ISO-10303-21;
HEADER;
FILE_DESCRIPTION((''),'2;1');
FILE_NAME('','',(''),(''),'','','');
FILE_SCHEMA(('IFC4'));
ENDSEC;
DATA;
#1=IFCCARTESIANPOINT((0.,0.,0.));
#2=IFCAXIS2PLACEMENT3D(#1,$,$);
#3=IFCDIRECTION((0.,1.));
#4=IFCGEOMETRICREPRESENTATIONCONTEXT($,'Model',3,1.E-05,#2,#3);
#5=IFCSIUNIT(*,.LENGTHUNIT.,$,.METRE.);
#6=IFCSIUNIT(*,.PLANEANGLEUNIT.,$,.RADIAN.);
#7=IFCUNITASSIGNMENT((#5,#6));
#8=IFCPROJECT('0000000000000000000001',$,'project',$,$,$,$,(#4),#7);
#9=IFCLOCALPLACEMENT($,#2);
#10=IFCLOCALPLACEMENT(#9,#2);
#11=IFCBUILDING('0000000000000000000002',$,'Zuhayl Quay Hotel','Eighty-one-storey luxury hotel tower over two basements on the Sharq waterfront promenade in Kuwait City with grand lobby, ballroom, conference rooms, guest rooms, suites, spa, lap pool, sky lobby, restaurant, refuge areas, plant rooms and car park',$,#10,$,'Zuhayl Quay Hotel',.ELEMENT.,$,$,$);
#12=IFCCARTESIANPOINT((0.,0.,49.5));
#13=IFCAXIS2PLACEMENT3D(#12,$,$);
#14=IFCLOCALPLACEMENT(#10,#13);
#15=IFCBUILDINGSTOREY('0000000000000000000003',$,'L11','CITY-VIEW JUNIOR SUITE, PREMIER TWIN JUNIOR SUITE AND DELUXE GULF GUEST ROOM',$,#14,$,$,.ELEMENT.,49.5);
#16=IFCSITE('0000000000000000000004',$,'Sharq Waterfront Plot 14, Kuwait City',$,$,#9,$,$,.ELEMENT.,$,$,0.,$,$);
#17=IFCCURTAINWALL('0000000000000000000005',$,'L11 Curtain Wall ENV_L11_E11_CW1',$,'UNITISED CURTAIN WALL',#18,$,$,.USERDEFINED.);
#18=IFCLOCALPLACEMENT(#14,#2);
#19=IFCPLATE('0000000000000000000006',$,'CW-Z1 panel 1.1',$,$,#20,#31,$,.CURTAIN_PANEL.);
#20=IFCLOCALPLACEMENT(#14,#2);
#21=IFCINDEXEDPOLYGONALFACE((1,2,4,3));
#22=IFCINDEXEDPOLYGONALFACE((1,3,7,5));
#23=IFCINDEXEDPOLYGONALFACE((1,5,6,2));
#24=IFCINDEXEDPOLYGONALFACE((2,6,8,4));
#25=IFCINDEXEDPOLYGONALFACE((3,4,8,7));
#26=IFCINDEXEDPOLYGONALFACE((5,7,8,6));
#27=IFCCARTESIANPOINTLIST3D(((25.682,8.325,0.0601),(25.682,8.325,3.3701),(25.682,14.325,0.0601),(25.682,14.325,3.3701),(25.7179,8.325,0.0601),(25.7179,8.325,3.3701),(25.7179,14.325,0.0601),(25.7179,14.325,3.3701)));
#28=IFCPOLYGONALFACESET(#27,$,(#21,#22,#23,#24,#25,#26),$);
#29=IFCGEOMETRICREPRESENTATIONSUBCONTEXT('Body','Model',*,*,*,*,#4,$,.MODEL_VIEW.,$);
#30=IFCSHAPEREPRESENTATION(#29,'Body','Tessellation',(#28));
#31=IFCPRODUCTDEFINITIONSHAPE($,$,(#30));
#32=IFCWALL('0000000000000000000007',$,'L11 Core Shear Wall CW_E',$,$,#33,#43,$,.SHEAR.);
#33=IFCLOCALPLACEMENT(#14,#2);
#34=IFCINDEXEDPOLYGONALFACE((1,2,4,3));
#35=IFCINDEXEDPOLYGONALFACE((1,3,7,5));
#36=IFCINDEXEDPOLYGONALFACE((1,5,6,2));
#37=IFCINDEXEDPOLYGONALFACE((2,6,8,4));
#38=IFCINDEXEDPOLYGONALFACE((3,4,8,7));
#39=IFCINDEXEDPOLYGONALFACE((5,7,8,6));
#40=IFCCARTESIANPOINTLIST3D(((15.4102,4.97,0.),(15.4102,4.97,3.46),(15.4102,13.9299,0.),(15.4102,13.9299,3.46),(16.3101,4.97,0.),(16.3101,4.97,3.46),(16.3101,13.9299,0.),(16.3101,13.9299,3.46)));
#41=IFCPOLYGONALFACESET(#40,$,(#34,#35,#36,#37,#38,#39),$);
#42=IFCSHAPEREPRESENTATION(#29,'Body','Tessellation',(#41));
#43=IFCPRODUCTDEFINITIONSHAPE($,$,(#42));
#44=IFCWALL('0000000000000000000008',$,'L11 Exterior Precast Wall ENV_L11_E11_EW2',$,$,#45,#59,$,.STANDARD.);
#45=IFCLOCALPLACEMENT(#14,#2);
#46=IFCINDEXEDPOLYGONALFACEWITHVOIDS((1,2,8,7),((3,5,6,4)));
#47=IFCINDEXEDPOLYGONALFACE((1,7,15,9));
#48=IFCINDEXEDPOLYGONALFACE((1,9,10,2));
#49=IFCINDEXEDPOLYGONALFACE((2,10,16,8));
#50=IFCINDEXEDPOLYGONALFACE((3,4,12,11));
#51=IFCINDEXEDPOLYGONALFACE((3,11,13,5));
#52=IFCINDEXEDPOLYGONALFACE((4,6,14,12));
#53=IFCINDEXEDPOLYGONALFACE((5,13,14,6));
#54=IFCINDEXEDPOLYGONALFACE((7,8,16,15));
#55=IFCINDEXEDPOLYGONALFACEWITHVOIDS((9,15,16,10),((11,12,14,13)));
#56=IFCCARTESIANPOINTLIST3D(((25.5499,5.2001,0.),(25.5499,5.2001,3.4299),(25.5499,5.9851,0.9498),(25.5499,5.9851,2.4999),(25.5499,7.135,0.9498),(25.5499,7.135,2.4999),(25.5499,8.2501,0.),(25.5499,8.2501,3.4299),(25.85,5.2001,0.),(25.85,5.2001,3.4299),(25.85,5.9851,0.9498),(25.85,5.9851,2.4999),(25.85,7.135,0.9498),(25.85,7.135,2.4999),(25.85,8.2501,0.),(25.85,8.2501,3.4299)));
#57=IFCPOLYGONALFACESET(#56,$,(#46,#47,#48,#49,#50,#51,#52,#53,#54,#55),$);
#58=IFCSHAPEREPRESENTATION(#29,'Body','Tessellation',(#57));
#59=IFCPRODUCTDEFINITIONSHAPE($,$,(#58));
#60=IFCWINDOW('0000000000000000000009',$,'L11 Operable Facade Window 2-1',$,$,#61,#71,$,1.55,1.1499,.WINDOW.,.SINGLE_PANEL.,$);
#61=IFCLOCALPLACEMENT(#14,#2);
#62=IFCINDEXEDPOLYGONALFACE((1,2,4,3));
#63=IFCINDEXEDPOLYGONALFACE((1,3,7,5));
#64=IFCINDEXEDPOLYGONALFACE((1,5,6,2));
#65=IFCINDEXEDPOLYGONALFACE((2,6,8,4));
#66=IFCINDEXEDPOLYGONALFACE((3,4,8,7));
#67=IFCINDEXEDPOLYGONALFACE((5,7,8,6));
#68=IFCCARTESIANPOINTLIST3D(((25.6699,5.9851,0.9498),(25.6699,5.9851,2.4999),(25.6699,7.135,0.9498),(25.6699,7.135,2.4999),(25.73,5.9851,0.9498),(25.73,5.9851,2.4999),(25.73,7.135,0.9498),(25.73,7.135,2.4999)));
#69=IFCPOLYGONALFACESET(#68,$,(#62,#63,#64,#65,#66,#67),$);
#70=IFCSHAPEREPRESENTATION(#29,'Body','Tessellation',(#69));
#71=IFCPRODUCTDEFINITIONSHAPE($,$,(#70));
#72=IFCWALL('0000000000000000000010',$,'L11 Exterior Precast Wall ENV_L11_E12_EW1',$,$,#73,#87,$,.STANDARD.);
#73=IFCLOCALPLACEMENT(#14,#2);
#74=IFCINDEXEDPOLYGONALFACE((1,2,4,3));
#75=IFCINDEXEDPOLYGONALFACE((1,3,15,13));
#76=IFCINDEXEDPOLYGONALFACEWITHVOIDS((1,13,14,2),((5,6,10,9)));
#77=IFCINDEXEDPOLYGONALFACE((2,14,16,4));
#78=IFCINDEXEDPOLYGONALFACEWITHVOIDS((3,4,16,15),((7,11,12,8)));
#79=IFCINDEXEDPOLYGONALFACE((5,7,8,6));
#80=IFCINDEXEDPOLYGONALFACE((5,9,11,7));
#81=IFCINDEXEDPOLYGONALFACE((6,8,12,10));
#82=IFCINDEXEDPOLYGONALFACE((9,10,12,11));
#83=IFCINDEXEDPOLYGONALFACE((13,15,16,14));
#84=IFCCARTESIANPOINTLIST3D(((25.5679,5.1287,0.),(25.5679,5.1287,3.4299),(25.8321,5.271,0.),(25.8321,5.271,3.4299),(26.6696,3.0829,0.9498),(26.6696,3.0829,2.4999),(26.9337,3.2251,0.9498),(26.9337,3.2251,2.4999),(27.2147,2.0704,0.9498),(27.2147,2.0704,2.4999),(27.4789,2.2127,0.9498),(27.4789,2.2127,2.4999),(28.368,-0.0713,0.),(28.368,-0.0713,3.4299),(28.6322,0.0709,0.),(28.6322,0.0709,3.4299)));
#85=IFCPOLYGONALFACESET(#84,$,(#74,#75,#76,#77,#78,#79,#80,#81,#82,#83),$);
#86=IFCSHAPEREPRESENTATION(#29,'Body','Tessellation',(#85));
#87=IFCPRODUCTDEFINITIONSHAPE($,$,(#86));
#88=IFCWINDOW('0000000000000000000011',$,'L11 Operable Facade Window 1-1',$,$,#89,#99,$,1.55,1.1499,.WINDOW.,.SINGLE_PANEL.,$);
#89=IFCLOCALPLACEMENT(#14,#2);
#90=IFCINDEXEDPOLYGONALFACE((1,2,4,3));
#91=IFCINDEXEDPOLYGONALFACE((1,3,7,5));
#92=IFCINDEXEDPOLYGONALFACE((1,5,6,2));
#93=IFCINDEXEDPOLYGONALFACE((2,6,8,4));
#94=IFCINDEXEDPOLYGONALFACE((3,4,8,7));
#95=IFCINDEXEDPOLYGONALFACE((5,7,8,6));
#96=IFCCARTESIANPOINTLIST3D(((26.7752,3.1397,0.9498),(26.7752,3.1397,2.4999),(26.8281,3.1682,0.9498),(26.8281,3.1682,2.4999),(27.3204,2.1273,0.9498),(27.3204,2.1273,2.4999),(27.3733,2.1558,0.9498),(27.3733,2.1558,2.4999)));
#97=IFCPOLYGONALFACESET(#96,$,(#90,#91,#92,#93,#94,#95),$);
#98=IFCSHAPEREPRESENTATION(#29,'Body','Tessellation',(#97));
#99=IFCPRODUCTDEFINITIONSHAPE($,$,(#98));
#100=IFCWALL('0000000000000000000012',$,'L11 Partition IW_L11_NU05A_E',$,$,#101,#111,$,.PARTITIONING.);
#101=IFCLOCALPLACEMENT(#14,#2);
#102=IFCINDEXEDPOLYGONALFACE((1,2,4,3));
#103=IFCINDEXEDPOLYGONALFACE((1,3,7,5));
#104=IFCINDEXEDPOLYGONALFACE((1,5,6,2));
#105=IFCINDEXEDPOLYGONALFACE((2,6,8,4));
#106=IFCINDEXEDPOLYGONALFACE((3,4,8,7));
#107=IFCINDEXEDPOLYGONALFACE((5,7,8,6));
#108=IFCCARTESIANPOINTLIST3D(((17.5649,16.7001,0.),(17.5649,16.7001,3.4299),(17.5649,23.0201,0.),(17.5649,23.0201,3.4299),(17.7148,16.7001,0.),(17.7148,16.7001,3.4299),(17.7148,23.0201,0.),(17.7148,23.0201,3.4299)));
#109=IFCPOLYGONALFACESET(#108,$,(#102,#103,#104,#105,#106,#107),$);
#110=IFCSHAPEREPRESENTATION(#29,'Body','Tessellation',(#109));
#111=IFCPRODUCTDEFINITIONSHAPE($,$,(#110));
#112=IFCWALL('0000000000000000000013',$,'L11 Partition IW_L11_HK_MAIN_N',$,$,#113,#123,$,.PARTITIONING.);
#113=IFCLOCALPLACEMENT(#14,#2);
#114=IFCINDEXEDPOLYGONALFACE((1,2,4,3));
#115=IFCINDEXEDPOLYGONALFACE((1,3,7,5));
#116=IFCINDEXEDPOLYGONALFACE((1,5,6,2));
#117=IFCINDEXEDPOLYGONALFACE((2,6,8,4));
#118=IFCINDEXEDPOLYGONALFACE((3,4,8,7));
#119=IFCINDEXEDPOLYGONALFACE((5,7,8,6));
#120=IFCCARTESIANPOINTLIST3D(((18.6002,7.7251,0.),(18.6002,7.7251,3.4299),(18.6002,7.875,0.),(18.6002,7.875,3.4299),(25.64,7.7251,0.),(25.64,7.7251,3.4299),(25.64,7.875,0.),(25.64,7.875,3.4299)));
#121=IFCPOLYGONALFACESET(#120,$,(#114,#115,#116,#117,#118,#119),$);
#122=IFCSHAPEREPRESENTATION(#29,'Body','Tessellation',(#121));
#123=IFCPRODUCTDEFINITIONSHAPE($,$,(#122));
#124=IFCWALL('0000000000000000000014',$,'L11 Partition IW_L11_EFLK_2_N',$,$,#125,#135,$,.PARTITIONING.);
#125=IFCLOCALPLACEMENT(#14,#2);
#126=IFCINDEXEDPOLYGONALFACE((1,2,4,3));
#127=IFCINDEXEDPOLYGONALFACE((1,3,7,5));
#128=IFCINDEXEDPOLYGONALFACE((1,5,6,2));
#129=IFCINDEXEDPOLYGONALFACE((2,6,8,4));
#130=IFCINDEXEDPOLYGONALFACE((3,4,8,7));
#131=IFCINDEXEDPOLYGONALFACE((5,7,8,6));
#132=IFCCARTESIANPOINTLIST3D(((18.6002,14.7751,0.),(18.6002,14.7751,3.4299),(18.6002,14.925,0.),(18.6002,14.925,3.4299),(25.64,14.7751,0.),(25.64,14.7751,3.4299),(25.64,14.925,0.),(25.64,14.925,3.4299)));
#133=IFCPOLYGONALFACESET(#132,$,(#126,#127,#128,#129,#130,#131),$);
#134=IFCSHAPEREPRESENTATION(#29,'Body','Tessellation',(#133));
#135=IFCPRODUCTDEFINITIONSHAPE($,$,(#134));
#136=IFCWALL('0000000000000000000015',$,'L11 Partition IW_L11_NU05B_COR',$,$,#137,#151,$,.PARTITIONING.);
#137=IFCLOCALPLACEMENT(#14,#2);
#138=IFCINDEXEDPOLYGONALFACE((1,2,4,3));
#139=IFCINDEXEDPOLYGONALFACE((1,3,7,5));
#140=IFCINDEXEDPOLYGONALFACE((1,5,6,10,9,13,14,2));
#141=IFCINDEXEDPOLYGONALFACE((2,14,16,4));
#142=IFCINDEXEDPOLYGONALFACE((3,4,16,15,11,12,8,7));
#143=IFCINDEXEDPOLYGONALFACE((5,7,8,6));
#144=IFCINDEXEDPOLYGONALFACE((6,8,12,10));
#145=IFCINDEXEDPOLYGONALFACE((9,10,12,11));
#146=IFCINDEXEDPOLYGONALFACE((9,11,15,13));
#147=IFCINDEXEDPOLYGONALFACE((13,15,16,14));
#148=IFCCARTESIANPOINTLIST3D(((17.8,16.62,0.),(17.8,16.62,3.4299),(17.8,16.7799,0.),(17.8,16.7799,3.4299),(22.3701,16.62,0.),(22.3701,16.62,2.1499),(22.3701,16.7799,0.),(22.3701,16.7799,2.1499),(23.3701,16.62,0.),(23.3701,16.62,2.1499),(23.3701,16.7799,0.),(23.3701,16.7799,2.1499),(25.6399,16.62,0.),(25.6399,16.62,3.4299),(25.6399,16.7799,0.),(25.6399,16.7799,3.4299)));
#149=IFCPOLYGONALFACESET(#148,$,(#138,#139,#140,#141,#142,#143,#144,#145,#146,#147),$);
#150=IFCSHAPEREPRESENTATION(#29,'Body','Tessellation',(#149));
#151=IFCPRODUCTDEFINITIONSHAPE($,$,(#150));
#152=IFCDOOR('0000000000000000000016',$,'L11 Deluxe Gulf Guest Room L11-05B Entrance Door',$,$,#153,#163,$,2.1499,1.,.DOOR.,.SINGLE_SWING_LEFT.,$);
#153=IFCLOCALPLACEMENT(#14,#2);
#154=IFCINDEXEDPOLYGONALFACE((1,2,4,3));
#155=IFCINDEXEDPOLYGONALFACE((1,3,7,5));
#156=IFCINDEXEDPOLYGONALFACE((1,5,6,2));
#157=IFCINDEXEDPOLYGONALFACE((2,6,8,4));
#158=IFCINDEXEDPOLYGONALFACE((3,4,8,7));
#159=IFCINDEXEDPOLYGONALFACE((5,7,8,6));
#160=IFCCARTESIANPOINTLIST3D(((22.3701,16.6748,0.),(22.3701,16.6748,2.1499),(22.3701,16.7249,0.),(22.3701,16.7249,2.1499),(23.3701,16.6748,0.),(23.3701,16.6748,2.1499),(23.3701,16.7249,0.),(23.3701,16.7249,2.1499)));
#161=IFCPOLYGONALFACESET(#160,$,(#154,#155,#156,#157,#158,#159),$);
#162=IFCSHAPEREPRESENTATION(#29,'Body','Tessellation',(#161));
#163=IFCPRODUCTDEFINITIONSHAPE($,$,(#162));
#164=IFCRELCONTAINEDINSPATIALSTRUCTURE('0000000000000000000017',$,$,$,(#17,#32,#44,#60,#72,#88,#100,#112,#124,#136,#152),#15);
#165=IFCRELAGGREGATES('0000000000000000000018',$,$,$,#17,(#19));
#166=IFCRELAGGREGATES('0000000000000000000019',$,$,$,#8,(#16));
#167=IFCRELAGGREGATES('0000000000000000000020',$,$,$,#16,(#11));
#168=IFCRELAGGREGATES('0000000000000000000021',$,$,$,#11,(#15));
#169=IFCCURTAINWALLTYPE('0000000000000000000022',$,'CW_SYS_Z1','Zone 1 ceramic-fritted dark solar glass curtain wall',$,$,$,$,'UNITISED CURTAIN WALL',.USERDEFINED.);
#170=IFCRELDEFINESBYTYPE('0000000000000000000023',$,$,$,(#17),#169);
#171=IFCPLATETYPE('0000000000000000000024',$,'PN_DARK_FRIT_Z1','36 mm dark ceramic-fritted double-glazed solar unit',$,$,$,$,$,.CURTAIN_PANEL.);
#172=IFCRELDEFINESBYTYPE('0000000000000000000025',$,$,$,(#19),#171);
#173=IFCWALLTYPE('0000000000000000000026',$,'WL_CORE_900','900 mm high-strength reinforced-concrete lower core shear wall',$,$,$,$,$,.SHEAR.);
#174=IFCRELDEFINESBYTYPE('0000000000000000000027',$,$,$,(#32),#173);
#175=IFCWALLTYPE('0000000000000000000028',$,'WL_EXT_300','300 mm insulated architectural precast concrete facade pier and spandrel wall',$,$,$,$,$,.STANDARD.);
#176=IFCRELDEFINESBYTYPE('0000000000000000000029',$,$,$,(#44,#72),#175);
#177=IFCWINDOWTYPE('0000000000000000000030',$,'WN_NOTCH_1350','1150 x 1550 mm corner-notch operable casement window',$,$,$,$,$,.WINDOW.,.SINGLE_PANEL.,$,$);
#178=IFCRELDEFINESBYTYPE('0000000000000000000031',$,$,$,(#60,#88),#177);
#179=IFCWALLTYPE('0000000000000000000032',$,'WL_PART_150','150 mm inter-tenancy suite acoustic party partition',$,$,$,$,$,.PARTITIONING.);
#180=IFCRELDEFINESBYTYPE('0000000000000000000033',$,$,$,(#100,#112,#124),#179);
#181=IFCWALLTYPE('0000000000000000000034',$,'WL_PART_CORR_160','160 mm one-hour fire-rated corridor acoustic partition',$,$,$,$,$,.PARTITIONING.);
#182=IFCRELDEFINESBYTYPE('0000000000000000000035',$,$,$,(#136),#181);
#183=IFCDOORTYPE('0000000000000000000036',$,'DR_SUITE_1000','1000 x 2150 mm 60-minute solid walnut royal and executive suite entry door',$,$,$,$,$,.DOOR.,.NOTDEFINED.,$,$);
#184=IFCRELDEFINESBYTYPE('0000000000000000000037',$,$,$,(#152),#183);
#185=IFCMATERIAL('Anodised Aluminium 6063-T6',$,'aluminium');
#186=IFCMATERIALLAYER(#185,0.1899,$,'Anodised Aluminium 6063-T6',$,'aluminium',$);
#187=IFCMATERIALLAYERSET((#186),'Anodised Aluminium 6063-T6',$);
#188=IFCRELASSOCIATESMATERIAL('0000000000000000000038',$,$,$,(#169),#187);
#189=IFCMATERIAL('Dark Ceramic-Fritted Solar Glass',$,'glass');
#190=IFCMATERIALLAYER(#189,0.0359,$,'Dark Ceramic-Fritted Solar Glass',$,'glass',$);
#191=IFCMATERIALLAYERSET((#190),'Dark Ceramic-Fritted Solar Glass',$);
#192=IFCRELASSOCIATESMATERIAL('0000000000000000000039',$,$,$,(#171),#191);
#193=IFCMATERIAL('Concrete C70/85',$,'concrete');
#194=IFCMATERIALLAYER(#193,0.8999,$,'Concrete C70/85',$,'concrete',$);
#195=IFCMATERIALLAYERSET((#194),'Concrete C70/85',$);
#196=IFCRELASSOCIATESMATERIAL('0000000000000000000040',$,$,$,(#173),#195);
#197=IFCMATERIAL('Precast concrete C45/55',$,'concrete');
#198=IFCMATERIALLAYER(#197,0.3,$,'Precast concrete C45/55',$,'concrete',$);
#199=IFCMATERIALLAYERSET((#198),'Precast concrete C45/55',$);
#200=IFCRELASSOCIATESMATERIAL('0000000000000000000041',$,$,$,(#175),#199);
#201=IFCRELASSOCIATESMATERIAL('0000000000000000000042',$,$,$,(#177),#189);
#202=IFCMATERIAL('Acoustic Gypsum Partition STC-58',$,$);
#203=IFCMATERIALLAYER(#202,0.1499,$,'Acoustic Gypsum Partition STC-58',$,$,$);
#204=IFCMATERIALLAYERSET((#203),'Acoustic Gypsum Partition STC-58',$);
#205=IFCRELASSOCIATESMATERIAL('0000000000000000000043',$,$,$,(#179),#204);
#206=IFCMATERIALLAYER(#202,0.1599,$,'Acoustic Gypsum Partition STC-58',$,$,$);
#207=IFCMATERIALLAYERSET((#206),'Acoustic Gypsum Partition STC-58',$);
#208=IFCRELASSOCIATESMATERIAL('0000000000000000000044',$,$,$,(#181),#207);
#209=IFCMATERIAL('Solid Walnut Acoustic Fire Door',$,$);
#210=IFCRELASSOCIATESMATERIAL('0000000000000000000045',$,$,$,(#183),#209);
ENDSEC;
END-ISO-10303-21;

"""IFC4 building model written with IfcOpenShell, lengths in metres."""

from ifc_helpers import new_model, si_unit, direction, frame, frame_2d, origin, origin_2d, place, context, subcontext, project, spatial, rectangle, extrude, material, layer, layer_set, type_object, element, fill, aggregate, save


model = new_model("IFC4")

# Units and contexts
model_context = context("Model", 3, precision=1e-05, world=origin(), true_north=direction((0.0, 1.0)))
body_context = subcontext(model_context, "Body", "Model", "MODEL_VIEW")
ifc_project = project(units=[si_unit("LENGTHUNIT", "METRE"), si_unit("PLANEANGLEUNIT", "RADIAN")], contexts=[model_context])

# Site, building, storey
site_placement = place(None, origin())
site = spatial("IfcSite", under=ifc_project, at=site_placement, Name="Sharq Waterfront Plot 14, Kuwait City", CompositionType="ELEMENT", RefElevation=0.0)
building_placement = place(site_placement, origin())
building = spatial("IfcBuilding", under=site, at=building_placement, Name="Zuhayl Quay Hotel", Description="Eighty-one-storey luxury hotel tower over two basements on the Sharq waterfront promenade in Kuwait City with grand lobby, ballroom, conference rooms, guest rooms, suites, spa, lap pool, sky lobby, restaurant, refuge areas, plant rooms and car park", LongName="Zuhayl Quay Hotel", CompositionType="ELEMENT")
storey_placement = place(building_placement, frame((0.0, 0.0, 49.5)))
storey = spatial("IfcBuildingStorey", under=building, at=storey_placement, Name="L11", Description="CITY-VIEW JUNIOR SUITE, PREMIER TWIN JUNIOR SUITE AND DELUXE GULF GUEST ROOM", CompositionType="ELEMENT", Elevation=49.5)

# Shared definitions
ifc_material_1 = material(Name="Concrete C70/85", Category="concrete")

# Curtain wall, plate
ifc_material_2 = material(Name="Anodised Aluminium 6063-T6", Category="aluminium")
ifc_layer_1 = layer(ifc_material_2, 0.1899, Name="Anodised Aluminium 6063-T6", Category="aluminium")
ifc_layer_set_1 = layer_set([ifc_layer_1], Name="Anodised Aluminium 6063-T6")
curtain_wall_type = type_object("IfcCurtainWallType", Name="CW_SYS_Z1", Description="Zone 1 ceramic-fritted dark solar glass curtain wall", ElementType="UNITISED CURTAIN WALL", PredefinedType="USERDEFINED", material=ifc_layer_set_1)
curtain_wall_placement = place(storey_placement, origin())
curtain_wall = element("IfcCurtainWall", 1, at=curtain_wall_placement, inside=storey, type_object=curtain_wall_type, Name="L11 Curtain Wall ENV_L11_E11_CW1", ObjectType="UNITISED CURTAIN WALL", PredefinedType="USERDEFINED")
ifc_material_3 = material(Name="Dark Ceramic-Fritted Solar Glass", Category="glass")
ifc_layer_2 = layer(ifc_material_3, 0.0359, Name="Dark Ceramic-Fritted Solar Glass", Category="glass")
ifc_layer_set_2 = layer_set([ifc_layer_2], Name="Dark Ceramic-Fritted Solar Glass")
plate_type = type_object("IfcPlateType", Name="PN_DARK_FRIT_Z1", Description="36 mm dark ceramic-fritted double-glazed solar unit", PredefinedType="CURTAIN_PANEL", material=ifc_layer_set_2)
plate_placement = place(storey_placement, frame((25.7, 11.325, 0.0601), z_axis=(0.0, 0.0, 1.0), x_axis=(0.0, -1.0, 0.0)))
plate = element("IfcPlate", 2, at=plate_placement, type_object=plate_type, Name="CW-Z1 panel 1.1", PredefinedType="CURTAIN_PANEL", context=body_context, shape_type="SweptSolid", body=[
    extrude(rectangle(XDim=6.0, YDim=0.0359, at=origin_2d()), origin(), (0.0, 0.0, 1.0), 3.3101),
])
aggregate(curtain_wall, [plate])

# Wall
ifc_layer_3 = layer(ifc_material_1, 0.8999, Name="Concrete C70/85", Category="concrete")
ifc_layer_set_3 = layer_set([ifc_layer_3], Name="Concrete C70/85")
wall_type_1 = type_object("IfcWallType", Name="WL_CORE_900", Description="900 mm high-strength reinforced-concrete lower core shear wall", PredefinedType="SHEAR", material=ifc_layer_set_3)
wall_1_placement = place(storey_placement, frame((15.8601, 4.97, 0.0), z_axis=(0.0, 0.0, 1.0), x_axis=(0.0, 1.0, 0.0)))
element("IfcWall", 3, at=wall_1_placement, inside=storey, type_object=wall_type_1, Name="L11 Core Shear Wall CW_E", PredefinedType="SHEAR", context=body_context, shape_type="SweptSolid", body=[
    extrude(rectangle(XDim=8.96, YDim=0.8999, at=frame_2d((4.48, 0.0))), origin(), (0.0, 0.0, 1.0), 3.46),
])

# Walls, openings, windows
ifc_material_4 = material(Name="Precast concrete C45/55", Category="concrete")
ifc_layer_4 = layer(ifc_material_4, 0.3, Name="Precast concrete C45/55", Category="concrete")
ifc_layer_set_4 = layer_set([ifc_layer_4], Name="Precast concrete C45/55")
wall_type_2 = type_object("IfcWallType", Name="WL_EXT_300", Description="300 mm insulated architectural precast concrete facade pier and spandrel wall", PredefinedType="STANDARD", material=ifc_layer_set_4)
wall_2_placement = place(storey_placement, frame((25.7, 8.25, 0.0), z_axis=(0.0, 0.0, 1.0), x_axis=(0.0, -1.0, 0.0)))
wall_2 = element("IfcWall", 4, at=wall_2_placement, inside=storey, type_object=wall_type_2, Name="L11 Exterior Precast Wall ENV_L11_E11_EW2", PredefinedType="STANDARD", context=body_context, shape_type="SweptSolid", body=[
    extrude(rectangle(XDim=3.05, YDim=0.3, at=frame_2d((1.5249, 0.0))), origin(), (0.0, 0.0, 1.0), 3.4299),
])
opening_1_placement = place(wall_2_placement, frame((1.115, 0.0, 0.95)))
opening_1 = element("IfcOpeningElement", 5, at=opening_1_placement, cuts=wall_2, PredefinedType="OPENING", context=body_context, shape_type="SweptSolid", body=[
    extrude(rectangle(XDim=1.1499, YDim=1.55, at=frame_2d((0.575, 0.7749))), frame((0.0, 0.1599, 0.0), z_axis=(0.0, -1.0, 0.0), x_axis=(1.0, 0.0, 0.0)), (0.0, 0.0, 1.0), 0.3201),
])
window_type = type_object("IfcWindowType", Name="WN_NOTCH_1350", Description="1150 x 1550 mm corner-notch operable casement window", PartitioningType="SINGLE_PANEL", PredefinedType="WINDOW", material=ifc_material_3)
window_1_placement = place(opening_1_placement, origin())
window_1 = element("IfcWindow", 6, at=window_1_placement, inside=storey, type_object=window_type, Name="L11 Operable Facade Window 2-1", OverallHeight=1.55, OverallWidth=1.1499, PartitioningType="SINGLE_PANEL", PredefinedType="WINDOW", context=body_context, shape_type="SweptSolid", body=[
    extrude(rectangle(XDim=1.1499, YDim=1.55, at=frame_2d((0.575, 0.7749))), frame((0.0, 0.03, 0.0), z_axis=(0.0, -1.0, 0.0), x_axis=(1.0, 0.0, 0.0)), (0.0, 0.0, 1.0), 0.0601),
])
fill(opening_1, window_1)
wall_3_placement = place(storey_placement, frame((25.7, 5.2, 0.0), z_axis=(0.0, 0.0, 1.0), x_axis=(0.47411, -0.880466, 0.0)))
wall_3 = element("IfcWall", 7, at=wall_3_placement, inside=storey, type_object=wall_type_2, Name="L11 Exterior Precast Wall ENV_L11_E12_EW1", PredefinedType="STANDARD", context=body_context, shape_type="SweptSolid", body=[
    extrude(rectangle(XDim=5.906, YDim=0.3, at=frame_2d((2.9531, 0.0))), origin(), (0.0, 0.0, 1.0), 3.4299),
])
opening_2_placement = place(wall_3_placement, frame((2.3237, 0.0, 0.95)))
opening_2 = element("IfcOpeningElement", 8, at=opening_2_placement, cuts=wall_3, PredefinedType="OPENING", context=body_context, shape_type="SweptSolid", body=[
    extrude(rectangle(XDim=1.1499, YDim=1.55, at=frame_2d((0.575, 0.7749))), frame((0.0, 0.1599, 0.0), z_axis=(0.0, -1.0, 0.0), x_axis=(1.0, 0.0, 0.0)), (0.0, 0.0, 1.0), 0.3201),
])
window_2_placement = place(opening_2_placement, origin())
window_2 = element("IfcWindow", 9, at=window_2_placement, inside=storey, type_object=window_type, Name="L11 Operable Facade Window 1-1", OverallHeight=1.55, OverallWidth=1.1499, PartitioningType="SINGLE_PANEL", PredefinedType="WINDOW", context=body_context, shape_type="SweptSolid", body=[
    extrude(rectangle(XDim=1.1499, YDim=1.55, at=frame_2d((0.575, 0.7749))), frame((0.0, 0.03, 0.0), z_axis=(0.0, -1.0, 0.0), x_axis=(1.0, 0.0, 0.0)), (0.0, 0.0, 1.0), 0.0601),
])
fill(opening_2, window_2)

# Walls
ifc_material_5 = material(Name="Acoustic Gypsum Partition STC-58")
ifc_layer_5 = layer(ifc_material_5, 0.1499, Name="Acoustic Gypsum Partition STC-58")
ifc_layer_set_5 = layer_set([ifc_layer_5], Name="Acoustic Gypsum Partition STC-58")
wall_type_3 = type_object("IfcWallType", Name="WL_PART_150", Description="150 mm inter-tenancy suite acoustic party partition", PredefinedType="PARTITIONING", material=ifc_layer_set_5)
wall_4_placement = place(storey_placement, frame((17.6399, 16.7, 0.0), z_axis=(0.0, 0.0, 1.0), x_axis=(0.0, 1.0, 0.0)))
element("IfcWall", 10, at=wall_4_placement, inside=storey, type_object=wall_type_3, Name="L11 Partition IW_L11_NU05A_E", PredefinedType="PARTITIONING", context=body_context, shape_type="SweptSolid", body=[
    extrude(rectangle(XDim=6.3201, YDim=0.1499, at=frame_2d((3.1602, 0.0))), origin(), (0.0, 0.0, 1.0), 3.4299),
])
for number, where, z_axis, x_axis, name in (
    (11, (18.6001, 7.8, 0.0), (0.0, 0.0, 1.0), (1.0, 0.0, 0.0), "L11 Partition IW_L11_HK_MAIN_N"),
    (12, (18.6001, 14.8501, 0.0), (0.0, 0.0, 1.0), (1.0, 0.0, 0.0), "L11 Partition IW_L11_EFLK_2_N"),
):
    element("IfcWall", number, at=place(storey_placement, frame(where, z_axis=z_axis, x_axis=x_axis)), inside=storey, type_object=wall_type_3, Name=name, PredefinedType="PARTITIONING", context=body_context, shape_type="SweptSolid", body=[
        extrude(rectangle(XDim=7.0398, YDim=0.1499, at=frame_2d((3.52, 0.0))), origin(), (0.0, 0.0, 1.0), 3.4299),
    ])

# Wall, opening, door
ifc_layer_6 = layer(ifc_material_5, 0.1599, Name="Acoustic Gypsum Partition STC-58")
ifc_layer_set_6 = layer_set([ifc_layer_6], Name="Acoustic Gypsum Partition STC-58")
wall_type_4 = type_object("IfcWallType", Name="WL_PART_CORR_160", Description="160 mm one-hour fire-rated corridor acoustic partition", PredefinedType="PARTITIONING", material=ifc_layer_set_6)
wall_5_placement = place(storey_placement, frame((17.8, 16.7, 0.0), z_axis=(0.0, 0.0, 1.0), x_axis=(1.0, 0.0, 0.0)))
wall_5 = element("IfcWall", 13, at=wall_5_placement, inside=storey, type_object=wall_type_4, Name="L11 Partition IW_L11_NU05B_COR", PredefinedType="PARTITIONING", context=body_context, shape_type="SweptSolid", body=[
    extrude(rectangle(XDim=7.8398, YDim=0.1599, at=frame_2d((3.9199, 0.0))), origin(), (0.0, 0.0, 1.0), 3.4299),
])
opening_3_placement = place(wall_5_placement, frame((4.5701, 0.0, 0.0)))
opening_3 = element("IfcOpeningElement", 14, at=opening_3_placement, cuts=wall_5, PredefinedType="OPENING", context=body_context, shape_type="SweptSolid", body=[
    extrude(rectangle(XDim=1.0, YDim=2.1499, at=frame_2d((0.5, 1.075))), frame((0.0, 0.0898, 0.0), z_axis=(0.0, -1.0, 0.0), x_axis=(1.0, 0.0, 0.0)), (0.0, 0.0, 1.0), 0.1799),
])
ifc_material_6 = material(Name="Solid Walnut Acoustic Fire Door")
door_type_1 = type_object("IfcDoorType", Name="DR_SUITE_1000", Description="1000 x 2150 mm 60-minute solid walnut royal and executive suite entry door", OperationType="NOTDEFINED", PredefinedType="DOOR", material=ifc_material_6)
door_1_placement = place(opening_3_placement, origin())
door_1 = element("IfcDoor", 15, at=door_1_placement, inside=storey, type_object=door_type_1, Name="L11 Deluxe Gulf Guest Room L11-05B Entrance Door", OperationType="SINGLE_SWING_LEFT", OverallHeight=2.1499, OverallWidth=1.0, PredefinedType="DOOR", context=body_context, shape_type="SweptSolid", body=[
    extrude(rectangle(XDim=1.0, YDim=2.1499, at=frame_2d((0.5, 1.075))), frame((0.0, 0.0249, 0.0), z_axis=(0.0, -1.0, 0.0), x_axis=(1.0, 0.0, 0.0)), (0.0, 0.0, 1.0), 0.05),
])
fill(opening_3, door_1)

save(model, "model.ifc")
